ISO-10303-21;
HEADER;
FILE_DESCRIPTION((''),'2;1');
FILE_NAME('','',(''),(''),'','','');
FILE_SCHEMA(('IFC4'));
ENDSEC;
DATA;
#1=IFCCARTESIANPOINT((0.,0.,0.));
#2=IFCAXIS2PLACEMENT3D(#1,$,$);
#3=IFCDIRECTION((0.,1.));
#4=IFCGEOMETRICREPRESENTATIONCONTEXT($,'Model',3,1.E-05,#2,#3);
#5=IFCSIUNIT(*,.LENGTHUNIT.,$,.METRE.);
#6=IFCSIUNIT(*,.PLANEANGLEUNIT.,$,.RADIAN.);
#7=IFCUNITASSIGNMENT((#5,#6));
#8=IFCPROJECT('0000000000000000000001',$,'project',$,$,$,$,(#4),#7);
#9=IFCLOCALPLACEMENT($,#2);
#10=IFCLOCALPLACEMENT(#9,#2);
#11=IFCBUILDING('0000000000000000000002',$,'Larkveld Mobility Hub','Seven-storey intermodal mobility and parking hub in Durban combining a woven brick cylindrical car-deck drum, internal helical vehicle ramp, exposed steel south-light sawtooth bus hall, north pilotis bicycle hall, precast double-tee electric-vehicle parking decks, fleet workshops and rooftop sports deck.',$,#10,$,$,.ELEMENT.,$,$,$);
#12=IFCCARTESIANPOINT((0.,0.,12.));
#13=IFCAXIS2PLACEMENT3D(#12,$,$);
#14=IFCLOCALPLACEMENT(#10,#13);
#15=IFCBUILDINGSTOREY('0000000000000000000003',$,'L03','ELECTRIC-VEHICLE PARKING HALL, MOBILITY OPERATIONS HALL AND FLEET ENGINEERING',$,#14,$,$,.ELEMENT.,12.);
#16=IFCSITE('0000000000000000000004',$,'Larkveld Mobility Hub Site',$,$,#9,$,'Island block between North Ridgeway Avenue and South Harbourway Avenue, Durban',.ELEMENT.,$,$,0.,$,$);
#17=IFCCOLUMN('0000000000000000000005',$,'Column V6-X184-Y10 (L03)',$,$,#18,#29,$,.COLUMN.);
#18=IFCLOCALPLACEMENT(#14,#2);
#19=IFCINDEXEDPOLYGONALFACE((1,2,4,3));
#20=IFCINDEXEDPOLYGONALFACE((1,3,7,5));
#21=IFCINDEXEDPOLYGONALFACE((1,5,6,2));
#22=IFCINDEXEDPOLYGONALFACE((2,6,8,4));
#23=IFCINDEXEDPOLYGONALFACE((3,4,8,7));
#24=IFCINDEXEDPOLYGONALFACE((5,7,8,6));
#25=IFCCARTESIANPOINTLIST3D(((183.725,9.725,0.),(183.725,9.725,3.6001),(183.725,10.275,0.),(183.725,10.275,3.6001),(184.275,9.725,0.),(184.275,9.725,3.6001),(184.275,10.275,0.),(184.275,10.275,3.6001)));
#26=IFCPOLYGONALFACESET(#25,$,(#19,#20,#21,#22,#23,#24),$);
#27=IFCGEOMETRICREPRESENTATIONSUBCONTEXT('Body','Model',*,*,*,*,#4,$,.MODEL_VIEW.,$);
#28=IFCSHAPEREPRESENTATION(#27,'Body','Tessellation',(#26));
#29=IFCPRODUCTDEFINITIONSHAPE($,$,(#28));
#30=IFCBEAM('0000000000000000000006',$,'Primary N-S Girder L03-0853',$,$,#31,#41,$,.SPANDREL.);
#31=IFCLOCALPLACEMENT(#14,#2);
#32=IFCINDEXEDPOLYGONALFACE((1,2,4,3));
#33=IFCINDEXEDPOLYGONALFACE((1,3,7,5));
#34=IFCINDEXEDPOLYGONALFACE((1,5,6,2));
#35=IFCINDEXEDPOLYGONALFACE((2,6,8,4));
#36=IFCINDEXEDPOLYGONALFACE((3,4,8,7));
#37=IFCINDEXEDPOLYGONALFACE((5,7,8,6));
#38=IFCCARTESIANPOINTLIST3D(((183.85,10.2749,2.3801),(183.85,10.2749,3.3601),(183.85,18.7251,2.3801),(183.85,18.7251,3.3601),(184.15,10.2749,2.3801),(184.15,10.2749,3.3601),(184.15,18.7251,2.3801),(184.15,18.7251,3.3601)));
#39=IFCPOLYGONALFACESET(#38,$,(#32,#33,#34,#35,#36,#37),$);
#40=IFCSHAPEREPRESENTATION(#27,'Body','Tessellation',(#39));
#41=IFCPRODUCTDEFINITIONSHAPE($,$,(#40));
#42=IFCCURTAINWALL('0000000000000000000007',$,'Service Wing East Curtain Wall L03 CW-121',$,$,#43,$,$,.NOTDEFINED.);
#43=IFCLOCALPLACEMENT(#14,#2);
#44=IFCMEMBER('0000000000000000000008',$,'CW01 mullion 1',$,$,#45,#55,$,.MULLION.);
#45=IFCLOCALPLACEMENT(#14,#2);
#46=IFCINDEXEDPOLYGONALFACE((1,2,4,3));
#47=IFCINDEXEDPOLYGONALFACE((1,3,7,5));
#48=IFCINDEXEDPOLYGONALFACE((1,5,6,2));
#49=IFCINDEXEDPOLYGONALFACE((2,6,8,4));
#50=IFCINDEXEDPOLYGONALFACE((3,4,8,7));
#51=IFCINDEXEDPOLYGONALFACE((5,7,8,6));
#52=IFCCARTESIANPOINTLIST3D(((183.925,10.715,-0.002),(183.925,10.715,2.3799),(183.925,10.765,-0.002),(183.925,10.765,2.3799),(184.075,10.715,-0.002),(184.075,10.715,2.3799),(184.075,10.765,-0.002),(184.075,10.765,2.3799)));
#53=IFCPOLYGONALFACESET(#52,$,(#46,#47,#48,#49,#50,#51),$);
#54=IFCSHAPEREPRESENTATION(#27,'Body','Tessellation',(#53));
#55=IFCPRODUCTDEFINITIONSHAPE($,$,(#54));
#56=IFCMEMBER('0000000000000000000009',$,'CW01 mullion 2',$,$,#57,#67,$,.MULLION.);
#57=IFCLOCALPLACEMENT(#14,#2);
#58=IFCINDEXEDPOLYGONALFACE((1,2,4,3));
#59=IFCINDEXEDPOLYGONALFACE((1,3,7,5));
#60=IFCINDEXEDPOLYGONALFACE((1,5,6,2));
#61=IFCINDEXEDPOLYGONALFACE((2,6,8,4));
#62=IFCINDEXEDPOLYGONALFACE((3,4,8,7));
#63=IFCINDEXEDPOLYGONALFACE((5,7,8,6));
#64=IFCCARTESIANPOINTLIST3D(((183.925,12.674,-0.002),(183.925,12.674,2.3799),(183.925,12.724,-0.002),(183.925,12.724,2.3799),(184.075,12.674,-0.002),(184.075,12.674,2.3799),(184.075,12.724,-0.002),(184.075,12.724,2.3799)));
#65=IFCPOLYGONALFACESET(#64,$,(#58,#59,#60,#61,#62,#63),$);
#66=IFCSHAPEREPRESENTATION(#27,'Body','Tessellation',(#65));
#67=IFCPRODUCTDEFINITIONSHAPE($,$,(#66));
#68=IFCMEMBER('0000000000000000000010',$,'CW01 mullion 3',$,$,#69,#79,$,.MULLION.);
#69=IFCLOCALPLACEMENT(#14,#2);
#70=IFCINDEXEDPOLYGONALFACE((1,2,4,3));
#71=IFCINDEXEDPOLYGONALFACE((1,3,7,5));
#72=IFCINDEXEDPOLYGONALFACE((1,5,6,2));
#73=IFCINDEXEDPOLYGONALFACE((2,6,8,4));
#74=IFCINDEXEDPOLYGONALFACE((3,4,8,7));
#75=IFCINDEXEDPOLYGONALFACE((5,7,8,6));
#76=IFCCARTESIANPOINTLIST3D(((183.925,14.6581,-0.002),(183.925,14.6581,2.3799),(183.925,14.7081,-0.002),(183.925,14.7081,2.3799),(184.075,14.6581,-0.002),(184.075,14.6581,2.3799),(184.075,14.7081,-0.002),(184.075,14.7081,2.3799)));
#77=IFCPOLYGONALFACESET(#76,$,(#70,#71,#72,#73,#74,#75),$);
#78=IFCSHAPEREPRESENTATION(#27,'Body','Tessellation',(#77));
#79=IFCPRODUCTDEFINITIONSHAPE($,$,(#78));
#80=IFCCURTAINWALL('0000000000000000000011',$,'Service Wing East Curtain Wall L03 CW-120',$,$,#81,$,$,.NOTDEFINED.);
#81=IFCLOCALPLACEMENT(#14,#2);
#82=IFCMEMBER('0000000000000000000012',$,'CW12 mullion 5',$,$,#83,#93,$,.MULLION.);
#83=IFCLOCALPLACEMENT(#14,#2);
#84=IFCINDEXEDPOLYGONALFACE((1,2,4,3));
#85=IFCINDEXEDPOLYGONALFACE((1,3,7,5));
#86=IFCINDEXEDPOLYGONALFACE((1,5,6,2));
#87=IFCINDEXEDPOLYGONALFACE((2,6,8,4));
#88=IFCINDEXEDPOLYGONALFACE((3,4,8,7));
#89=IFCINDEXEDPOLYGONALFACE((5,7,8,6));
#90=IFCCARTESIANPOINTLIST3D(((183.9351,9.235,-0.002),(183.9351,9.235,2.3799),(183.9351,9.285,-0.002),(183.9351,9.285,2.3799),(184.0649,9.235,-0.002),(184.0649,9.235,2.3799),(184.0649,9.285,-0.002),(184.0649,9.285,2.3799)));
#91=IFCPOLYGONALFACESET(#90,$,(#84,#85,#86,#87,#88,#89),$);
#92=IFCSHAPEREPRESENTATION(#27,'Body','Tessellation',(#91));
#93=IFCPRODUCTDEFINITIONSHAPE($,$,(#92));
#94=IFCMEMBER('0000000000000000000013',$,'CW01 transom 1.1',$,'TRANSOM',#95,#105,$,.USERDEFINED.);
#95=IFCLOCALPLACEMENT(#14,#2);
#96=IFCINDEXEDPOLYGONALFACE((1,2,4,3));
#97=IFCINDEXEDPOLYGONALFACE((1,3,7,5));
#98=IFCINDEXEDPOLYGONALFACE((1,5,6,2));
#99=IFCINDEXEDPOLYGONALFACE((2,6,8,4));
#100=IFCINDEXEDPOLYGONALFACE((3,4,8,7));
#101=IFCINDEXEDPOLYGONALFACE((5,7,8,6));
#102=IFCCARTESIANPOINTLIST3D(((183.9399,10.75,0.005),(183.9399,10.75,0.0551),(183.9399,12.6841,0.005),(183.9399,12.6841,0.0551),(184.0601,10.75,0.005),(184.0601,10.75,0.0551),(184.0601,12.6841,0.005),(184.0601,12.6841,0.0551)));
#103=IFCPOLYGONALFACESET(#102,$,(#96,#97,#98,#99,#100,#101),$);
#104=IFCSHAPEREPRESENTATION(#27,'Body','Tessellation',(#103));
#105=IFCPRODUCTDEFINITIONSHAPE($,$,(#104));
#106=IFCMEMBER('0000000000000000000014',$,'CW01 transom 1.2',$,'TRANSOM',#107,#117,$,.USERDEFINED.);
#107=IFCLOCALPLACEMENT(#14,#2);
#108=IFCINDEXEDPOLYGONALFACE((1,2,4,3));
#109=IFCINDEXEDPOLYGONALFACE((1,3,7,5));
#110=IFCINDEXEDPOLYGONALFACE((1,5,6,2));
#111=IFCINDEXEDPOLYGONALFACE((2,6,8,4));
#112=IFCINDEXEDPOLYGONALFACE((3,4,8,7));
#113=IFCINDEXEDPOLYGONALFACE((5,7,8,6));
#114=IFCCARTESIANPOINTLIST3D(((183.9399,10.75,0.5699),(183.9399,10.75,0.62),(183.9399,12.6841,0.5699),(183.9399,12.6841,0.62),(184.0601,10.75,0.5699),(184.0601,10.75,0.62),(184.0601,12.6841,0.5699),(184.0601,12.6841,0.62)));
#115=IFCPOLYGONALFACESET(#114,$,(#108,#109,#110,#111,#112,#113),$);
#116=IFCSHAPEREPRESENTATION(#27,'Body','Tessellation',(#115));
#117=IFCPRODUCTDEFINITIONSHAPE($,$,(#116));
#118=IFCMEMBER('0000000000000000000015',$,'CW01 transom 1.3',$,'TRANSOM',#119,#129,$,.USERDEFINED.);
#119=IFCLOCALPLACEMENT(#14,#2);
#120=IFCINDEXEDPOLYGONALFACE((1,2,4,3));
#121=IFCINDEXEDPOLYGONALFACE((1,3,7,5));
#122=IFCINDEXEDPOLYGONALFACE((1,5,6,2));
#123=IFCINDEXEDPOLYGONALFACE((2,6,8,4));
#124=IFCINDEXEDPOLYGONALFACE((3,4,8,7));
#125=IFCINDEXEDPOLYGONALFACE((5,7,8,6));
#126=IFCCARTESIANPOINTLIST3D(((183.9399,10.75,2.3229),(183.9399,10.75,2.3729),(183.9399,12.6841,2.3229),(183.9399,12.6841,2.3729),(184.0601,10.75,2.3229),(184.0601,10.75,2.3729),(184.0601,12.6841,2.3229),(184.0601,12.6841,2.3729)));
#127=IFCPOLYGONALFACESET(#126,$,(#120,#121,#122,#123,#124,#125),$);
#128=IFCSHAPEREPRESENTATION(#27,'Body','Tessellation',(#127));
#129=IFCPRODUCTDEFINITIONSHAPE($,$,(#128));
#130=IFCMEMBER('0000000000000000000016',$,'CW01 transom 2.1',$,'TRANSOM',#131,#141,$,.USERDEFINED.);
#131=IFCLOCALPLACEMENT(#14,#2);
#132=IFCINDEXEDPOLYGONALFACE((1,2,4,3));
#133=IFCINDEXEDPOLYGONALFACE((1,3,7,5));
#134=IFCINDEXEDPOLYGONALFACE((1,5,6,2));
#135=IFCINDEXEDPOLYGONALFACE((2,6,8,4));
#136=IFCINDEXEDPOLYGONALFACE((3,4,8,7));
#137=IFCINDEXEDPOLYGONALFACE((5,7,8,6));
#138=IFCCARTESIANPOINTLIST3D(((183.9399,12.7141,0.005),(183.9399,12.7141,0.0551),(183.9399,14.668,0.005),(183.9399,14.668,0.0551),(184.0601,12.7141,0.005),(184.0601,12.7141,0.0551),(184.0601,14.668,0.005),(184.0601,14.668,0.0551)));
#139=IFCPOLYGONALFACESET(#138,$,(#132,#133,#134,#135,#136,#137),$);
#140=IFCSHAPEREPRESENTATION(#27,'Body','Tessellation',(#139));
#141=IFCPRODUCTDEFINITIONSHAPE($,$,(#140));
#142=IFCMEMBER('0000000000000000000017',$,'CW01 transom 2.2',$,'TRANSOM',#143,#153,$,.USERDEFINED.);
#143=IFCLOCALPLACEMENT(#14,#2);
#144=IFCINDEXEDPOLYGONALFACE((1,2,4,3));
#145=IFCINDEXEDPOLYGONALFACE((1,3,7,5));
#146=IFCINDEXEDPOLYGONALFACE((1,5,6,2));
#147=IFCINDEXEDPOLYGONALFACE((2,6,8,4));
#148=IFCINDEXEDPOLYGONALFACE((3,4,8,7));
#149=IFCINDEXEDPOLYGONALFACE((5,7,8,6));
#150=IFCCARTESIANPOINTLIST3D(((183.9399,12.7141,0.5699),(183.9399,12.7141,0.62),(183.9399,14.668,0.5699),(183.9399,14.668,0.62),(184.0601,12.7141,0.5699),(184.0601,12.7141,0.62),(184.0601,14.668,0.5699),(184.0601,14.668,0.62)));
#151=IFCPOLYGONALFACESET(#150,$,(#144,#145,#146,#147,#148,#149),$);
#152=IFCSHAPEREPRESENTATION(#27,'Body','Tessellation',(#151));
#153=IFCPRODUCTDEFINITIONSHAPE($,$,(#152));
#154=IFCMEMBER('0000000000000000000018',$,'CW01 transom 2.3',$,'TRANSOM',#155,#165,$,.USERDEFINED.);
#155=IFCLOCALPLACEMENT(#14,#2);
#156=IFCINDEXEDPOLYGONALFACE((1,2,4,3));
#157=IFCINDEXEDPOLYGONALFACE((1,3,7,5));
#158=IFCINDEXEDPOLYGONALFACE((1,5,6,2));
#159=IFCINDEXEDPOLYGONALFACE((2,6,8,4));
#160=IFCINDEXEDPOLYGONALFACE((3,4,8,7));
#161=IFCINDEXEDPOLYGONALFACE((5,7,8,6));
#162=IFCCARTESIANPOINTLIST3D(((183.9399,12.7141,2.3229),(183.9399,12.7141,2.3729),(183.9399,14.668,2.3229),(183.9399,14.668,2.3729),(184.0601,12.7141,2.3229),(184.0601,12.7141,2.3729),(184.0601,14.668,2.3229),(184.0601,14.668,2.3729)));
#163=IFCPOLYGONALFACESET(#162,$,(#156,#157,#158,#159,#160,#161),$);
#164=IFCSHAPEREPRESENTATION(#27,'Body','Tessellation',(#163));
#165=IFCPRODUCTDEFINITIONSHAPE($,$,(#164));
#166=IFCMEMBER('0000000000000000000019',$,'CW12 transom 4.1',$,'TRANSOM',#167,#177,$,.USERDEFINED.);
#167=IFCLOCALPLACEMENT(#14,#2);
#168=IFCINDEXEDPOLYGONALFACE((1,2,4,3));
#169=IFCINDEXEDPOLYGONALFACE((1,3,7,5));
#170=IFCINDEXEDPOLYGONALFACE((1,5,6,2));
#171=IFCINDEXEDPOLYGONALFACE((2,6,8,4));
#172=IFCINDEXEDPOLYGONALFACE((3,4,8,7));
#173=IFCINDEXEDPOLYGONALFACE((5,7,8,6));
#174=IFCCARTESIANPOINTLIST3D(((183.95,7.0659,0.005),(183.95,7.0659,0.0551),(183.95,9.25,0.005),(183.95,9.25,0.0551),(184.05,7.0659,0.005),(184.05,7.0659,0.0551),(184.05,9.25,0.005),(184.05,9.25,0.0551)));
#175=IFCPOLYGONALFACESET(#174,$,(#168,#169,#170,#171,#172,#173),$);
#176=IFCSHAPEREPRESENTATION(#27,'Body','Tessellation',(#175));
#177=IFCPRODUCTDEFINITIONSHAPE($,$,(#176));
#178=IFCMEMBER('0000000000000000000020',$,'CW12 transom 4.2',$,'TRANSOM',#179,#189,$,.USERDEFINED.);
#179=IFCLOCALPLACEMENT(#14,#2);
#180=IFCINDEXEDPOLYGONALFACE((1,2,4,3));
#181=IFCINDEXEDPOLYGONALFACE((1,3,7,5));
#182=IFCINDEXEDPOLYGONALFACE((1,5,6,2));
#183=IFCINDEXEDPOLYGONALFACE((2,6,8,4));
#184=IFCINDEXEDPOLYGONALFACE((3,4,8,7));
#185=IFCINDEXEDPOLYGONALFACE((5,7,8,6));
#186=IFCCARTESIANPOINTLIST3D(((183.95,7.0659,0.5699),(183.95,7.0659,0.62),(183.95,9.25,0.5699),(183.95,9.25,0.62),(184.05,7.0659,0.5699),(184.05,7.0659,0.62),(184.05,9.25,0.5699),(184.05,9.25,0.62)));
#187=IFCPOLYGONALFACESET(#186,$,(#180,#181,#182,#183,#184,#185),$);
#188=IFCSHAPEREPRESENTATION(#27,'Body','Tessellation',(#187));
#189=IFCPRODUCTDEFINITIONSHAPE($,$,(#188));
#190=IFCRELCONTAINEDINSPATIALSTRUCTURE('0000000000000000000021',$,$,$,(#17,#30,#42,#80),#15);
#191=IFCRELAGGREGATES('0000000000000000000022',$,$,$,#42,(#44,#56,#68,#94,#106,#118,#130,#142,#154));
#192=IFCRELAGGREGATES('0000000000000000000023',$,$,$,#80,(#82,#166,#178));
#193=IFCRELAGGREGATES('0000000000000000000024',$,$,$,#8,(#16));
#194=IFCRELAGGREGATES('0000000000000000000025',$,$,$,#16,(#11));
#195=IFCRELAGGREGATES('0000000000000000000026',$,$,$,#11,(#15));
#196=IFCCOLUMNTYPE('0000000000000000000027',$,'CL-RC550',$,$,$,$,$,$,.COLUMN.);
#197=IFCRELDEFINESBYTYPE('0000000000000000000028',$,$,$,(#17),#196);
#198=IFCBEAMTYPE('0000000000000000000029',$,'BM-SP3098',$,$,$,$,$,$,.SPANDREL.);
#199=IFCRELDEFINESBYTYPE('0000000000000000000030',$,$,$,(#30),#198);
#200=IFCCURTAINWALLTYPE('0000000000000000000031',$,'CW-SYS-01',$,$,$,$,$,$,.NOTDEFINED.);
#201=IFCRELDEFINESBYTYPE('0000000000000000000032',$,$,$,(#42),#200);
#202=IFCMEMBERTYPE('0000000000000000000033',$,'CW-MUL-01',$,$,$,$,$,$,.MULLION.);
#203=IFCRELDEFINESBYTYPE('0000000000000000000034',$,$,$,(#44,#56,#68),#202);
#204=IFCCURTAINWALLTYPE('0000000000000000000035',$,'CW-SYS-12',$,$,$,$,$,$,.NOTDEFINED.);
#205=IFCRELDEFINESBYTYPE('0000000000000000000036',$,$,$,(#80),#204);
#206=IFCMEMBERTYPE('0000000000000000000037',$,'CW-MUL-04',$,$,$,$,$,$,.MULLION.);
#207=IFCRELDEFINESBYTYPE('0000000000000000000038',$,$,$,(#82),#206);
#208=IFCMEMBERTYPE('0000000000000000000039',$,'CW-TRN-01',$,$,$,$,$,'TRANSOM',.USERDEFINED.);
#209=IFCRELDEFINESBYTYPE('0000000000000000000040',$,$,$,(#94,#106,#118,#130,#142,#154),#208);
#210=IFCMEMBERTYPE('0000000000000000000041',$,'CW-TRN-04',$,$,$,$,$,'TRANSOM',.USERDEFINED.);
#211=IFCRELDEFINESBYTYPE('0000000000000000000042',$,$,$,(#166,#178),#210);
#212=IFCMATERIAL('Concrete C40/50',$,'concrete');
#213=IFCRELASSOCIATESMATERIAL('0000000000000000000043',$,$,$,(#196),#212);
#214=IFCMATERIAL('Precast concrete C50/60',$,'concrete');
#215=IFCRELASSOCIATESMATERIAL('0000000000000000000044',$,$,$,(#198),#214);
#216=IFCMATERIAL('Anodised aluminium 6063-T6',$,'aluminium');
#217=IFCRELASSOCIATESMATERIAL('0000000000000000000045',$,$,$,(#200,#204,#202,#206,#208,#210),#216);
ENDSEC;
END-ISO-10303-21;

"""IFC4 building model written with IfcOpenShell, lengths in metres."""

from ifc_helpers import new_model, si_unit, direction, frame, origin, origin_2d, place, context, subcontext, project, spatial, rectangle, extrude, material, material_profile, profile_set, type_object, element, aggregate, save


model = new_model("IFC4")

# Units and contexts
model_context = context("Model", 3, precision=1e-05, world=origin(), true_north=direction((0.0, 1.0)))
body_context = subcontext(model_context, "Body", "Model", "MODEL_VIEW")
ifc_project = project(units=[si_unit("LENGTHUNIT", "METRE"), si_unit("PLANEANGLEUNIT", "RADIAN")], contexts=[model_context])

# Site, building, storey
site_placement = place(None, origin())
site = spatial("IfcSite", under=ifc_project, at=site_placement, Name="Larkveld Mobility Hub Site", LongName="Island block between North Ridgeway Avenue and South Harbourway Avenue, Durban", CompositionType="ELEMENT", RefElevation=0.0)
building_placement = place(site_placement, origin())
building = spatial("IfcBuilding", under=site, at=building_placement, Name="Larkveld Mobility Hub", Description="Seven-storey intermodal mobility and parking hub in Durban combining a woven brick cylindrical car-deck drum, internal helical vehicle ramp, exposed steel south-light sawtooth bus hall, north pilotis bicycle hall, precast double-tee electric-vehicle parking decks, fleet workshops and rooftop sports deck.", CompositionType="ELEMENT")
storey_placement = place(building_placement, frame((0.0, 0.0, 12.0)))
storey = spatial("IfcBuildingStorey", under=building, at=storey_placement, Name="L03", Description="ELECTRIC-VEHICLE PARKING HALL, MOBILITY OPERATIONS HALL AND FLEET ENGINEERING", CompositionType="ELEMENT", Elevation=12.0)

# Column
ifc_material_1 = material(Name="Concrete C40/50", Category="concrete")
ifc_material_profile_1 = material_profile(ifc_material_1, rectangle(XDim=0.55, YDim=0.55, at=origin_2d()), Name="RC COL 550x550")
ifc_profile_set_1 = profile_set([ifc_material_profile_1], Name="Concrete C40/50")
column_type = type_object("IfcColumnType", Name="CL-RC550", PredefinedType="COLUMN", material=ifc_profile_set_1)
column_placement = place(storey_placement, frame((184.0, 10.0, 0.0), z_axis=(0.0, 0.0, 1.0), x_axis=(1.0, 0.0, 0.0)))
element("IfcColumn", 1, at=column_placement, inside=storey, type_object=column_type, Name="Column V6-X184-Y10 (L03)", PredefinedType="COLUMN", context=body_context, shape_type="SweptSolid", body=[
    extrude(rectangle(XDim=0.55, YDim=0.55, at=origin_2d()), origin(), (0.0, 0.0, 1.0), 3.6001),
])

# Beam
ifc_material_2 = material(Name="Precast concrete C50/60", Category="concrete")
ifc_material_profile_2 = material_profile(ifc_material_2, rectangle(XDim=0.3, YDim=0.98, at=origin_2d()), Name="PC SP 300x980")
ifc_profile_set_2 = profile_set([ifc_material_profile_2], Name="Precast concrete C50/60")
beam_type = type_object("IfcBeamType", Name="BM-SP3098", PredefinedType="SPANDREL", material=ifc_profile_set_2)
beam_placement = place(storey_placement, frame((184.0, 10.2749, 2.8701), z_axis=(0.0, 1.0, 0.0), x_axis=(-1.0, 0.0, 0.0)))
element("IfcBeam", 2, at=beam_placement, inside=storey, type_object=beam_type, Name="Primary N-S Girder L03-0853", PredefinedType="SPANDREL", context=body_context, shape_type="SweptSolid", body=[
    extrude(rectangle(XDim=0.3, YDim=0.98, at=origin_2d()), origin(), (0.0, 0.0, 1.0), 8.4502),
])

# Curtain wall, members
ifc_material_3 = material(Name="Anodised aluminium 6063-T6", Category="aluminium")
curtain_wall_type_1 = type_object("IfcCurtainWallType", Name="CW-SYS-01", PredefinedType="NOTDEFINED", material=ifc_material_3)
curtain_wall_1_placement = place(storey_placement, origin())
curtain_wall_1 = element("IfcCurtainWall", 3, at=curtain_wall_1_placement, inside=storey, type_object=curtain_wall_type_1, Name="Service Wing East Curtain Wall L03 CW-121", PredefinedType="NOTDEFINED")
ifc_material_profile_3 = material_profile(ifc_material_3, rectangle(XDim=0.05, YDim=0.1499, at=origin_2d()), Name="ALU MULL 50x150")
ifc_profile_set_3 = profile_set([ifc_material_profile_3], Name="Anodised aluminium 6063-T6")
member_type_1 = type_object("IfcMemberType", Name="CW-MUL-01", PredefinedType="MULLION", material=ifc_profile_set_3)
member_1_placement = place(storey_placement, frame((184.0, 10.74, -0.002), z_axis=(0.0, 0.0, 1.0), x_axis=(0.0, 1.0, 0.0)))
member_1 = element("IfcMember", 4, at=member_1_placement, type_object=member_type_1, Name="CW01 mullion 1", PredefinedType="MULLION", context=body_context, shape_type="SweptSolid", body=[
    extrude(rectangle(XDim=0.05, YDim=0.1499, at=origin_2d()), origin(), (0.0, 0.0, 1.0), 2.3818),
])
member_2_placement = place(storey_placement, frame((184.0, 12.699, -0.002), z_axis=(0.0, 0.0, 1.0), x_axis=(0.0, 1.0, 0.0)))
member_2 = element("IfcMember", 5, at=member_2_placement, type_object=member_type_1, Name="CW01 mullion 2", PredefinedType="MULLION", context=body_context, shape_type="SweptSolid", body=[
    extrude(rectangle(XDim=0.05, YDim=0.1499, at=origin_2d()), origin(), (0.0, 0.0, 1.0), 2.3818),
])
member_3_placement = place(storey_placement, frame((184.0, 14.6831, -0.002), z_axis=(0.0, 0.0, 1.0), x_axis=(0.0, 1.0, 0.0)))
member_3 = element("IfcMember", 6, at=member_3_placement, type_object=member_type_1, Name="CW01 mullion 3", PredefinedType="MULLION", context=body_context, shape_type="SweptSolid", body=[
    extrude(rectangle(XDim=0.05, YDim=0.1499, at=origin_2d()), origin(), (0.0, 0.0, 1.0), 2.3818),
])

# Curtain wall, member
curtain_wall_type_2 = type_object("IfcCurtainWallType", Name="CW-SYS-12", PredefinedType="NOTDEFINED", material=ifc_material_3)
curtain_wall_2_placement = place(storey_placement, origin())
curtain_wall_2 = element("IfcCurtainWall", 7, at=curtain_wall_2_placement, inside=storey, type_object=curtain_wall_type_2, Name="Service Wing East Curtain Wall L03 CW-120", PredefinedType="NOTDEFINED")
ifc_material_profile_4 = material_profile(ifc_material_3, rectangle(XDim=0.05, YDim=0.1299, at=origin_2d()), Name="ALU MULL 50x130")
ifc_profile_set_4 = profile_set([ifc_material_profile_4], Name="Anodised aluminium 6063-T6")
member_type_2 = type_object("IfcMemberType", Name="CW-MUL-04", PredefinedType="MULLION", material=ifc_profile_set_4)
member_4_placement = place(storey_placement, frame((184.0, 9.26, -0.002), z_axis=(0.0, 0.0, 1.0), x_axis=(0.0, 1.0, 0.0)))
member_4 = element("IfcMember", 8, at=member_4_placement, type_object=member_type_2, Name="CW12 mullion 5", PredefinedType="MULLION", context=body_context, shape_type="SweptSolid", body=[
    extrude(rectangle(XDim=0.05, YDim=0.1299, at=origin_2d()), origin(), (0.0, 0.0, 1.0), 2.3818),
])

# Members
ifc_material_profile_5 = material_profile(ifc_material_3, rectangle(XDim=0.1201, YDim=0.05, at=origin_2d()), Name="ALU TRAN 50x120")
ifc_profile_set_5 = profile_set([ifc_material_profile_5], Name="Anodised aluminium 6063-T6")
member_type_3 = type_object("IfcMemberType", Name="CW-TRN-01", ElementType="TRANSOM", PredefinedType="USERDEFINED", material=ifc_profile_set_5)
member_5_placement = place(storey_placement, frame((184.0, 10.75, 0.03), z_axis=(0.0, 1.0, 0.0), x_axis=(-1.0, 0.0, 0.0)))
member_5 = element("IfcMember", 9, at=member_5_placement, type_object=member_type_3, Name="CW01 transom 1.1", ObjectType="TRANSOM", PredefinedType="USERDEFINED", context=body_context, shape_type="SweptSolid", body=[
    extrude(rectangle(XDim=0.1201, YDim=0.05, at=origin_2d()), origin(), (0.0, 0.0, 1.0), 1.9341),
])
member_6_placement = place(storey_placement, frame((184.0, 10.75, 0.595), z_axis=(0.0, 1.0, 0.0), x_axis=(-1.0, 0.0, 0.0)))
member_6 = element("IfcMember", 10, at=member_6_placement, type_object=member_type_3, Name="CW01 transom 1.2", ObjectType="TRANSOM", PredefinedType="USERDEFINED", context=body_context, shape_type="SweptSolid", body=[
    extrude(rectangle(XDim=0.1201, YDim=0.05, at=origin_2d()), origin(), (0.0, 0.0, 1.0), 1.9341),
])
member_7_placement = place(storey_placement, frame((184.0, 10.75, 2.3479), z_axis=(0.0, 1.0, 0.0), x_axis=(-1.0, 0.0, 0.0)))
member_7 = element("IfcMember", 11, at=member_7_placement, type_object=member_type_3, Name="CW01 transom 1.3", ObjectType="TRANSOM", PredefinedType="USERDEFINED", context=body_context, shape_type="SweptSolid", body=[
    extrude(rectangle(XDim=0.1201, YDim=0.05, at=origin_2d()), origin(), (0.0, 0.0, 1.0), 1.9341),
])
member_8_placement = place(storey_placement, frame((184.0, 12.7141, 0.03), z_axis=(0.0, 1.0, 0.0), x_axis=(-1.0, 0.0, 0.0)))
member_8 = element("IfcMember", 12, at=member_8_placement, type_object=member_type_3, Name="CW01 transom 2.1", ObjectType="TRANSOM", PredefinedType="USERDEFINED", context=body_context, shape_type="SweptSolid", body=[
    extrude(rectangle(XDim=0.1201, YDim=0.05, at=origin_2d()), origin(), (0.0, 0.0, 1.0), 1.9539),
])
member_9_placement = place(storey_placement, frame((184.0, 12.7141, 0.595), z_axis=(0.0, 1.0, 0.0), x_axis=(-1.0, 0.0, 0.0)))
member_9 = element("IfcMember", 13, at=member_9_placement, type_object=member_type_3, Name="CW01 transom 2.2", ObjectType="TRANSOM", PredefinedType="USERDEFINED", context=body_context, shape_type="SweptSolid", body=[
    extrude(rectangle(XDim=0.1201, YDim=0.05, at=origin_2d()), origin(), (0.0, 0.0, 1.0), 1.9539),
])
member_10_placement = place(storey_placement, frame((184.0, 12.7141, 2.3479), z_axis=(0.0, 1.0, 0.0), x_axis=(-1.0, 0.0, 0.0)))
member_10 = element("IfcMember", 14, at=member_10_placement, type_object=member_type_3, Name="CW01 transom 2.3", ObjectType="TRANSOM", PredefinedType="USERDEFINED", context=body_context, shape_type="SweptSolid", body=[
    extrude(rectangle(XDim=0.1201, YDim=0.05, at=origin_2d()), origin(), (0.0, 0.0, 1.0), 1.9539),
])
ifc_material_profile_6 = material_profile(ifc_material_3, rectangle(XDim=0.1001, YDim=0.05, at=origin_2d()), Name="ALU TRAN 50x100")
ifc_profile_set_6 = profile_set([ifc_material_profile_6], Name="Anodised aluminium 6063-T6")
member_type_4 = type_object("IfcMemberType", Name="CW-TRN-04", ElementType="TRANSOM", PredefinedType="USERDEFINED", material=ifc_profile_set_6)
member_11_placement = place(storey_placement, frame((184.0, 7.0659, 0.03), z_axis=(0.0, 1.0, 0.0), x_axis=(-1.0, 0.0, 0.0)))
member_11 = element("IfcMember", 15, at=member_11_placement, type_object=member_type_4, Name="CW12 transom 4.1", ObjectType="TRANSOM", PredefinedType="USERDEFINED", context=body_context, shape_type="SweptSolid", body=[
    extrude(rectangle(XDim=0.1001, YDim=0.05, at=origin_2d()), origin(), (0.0, 0.0, 1.0), 2.1841),
])
member_12_placement = place(storey_placement, frame((184.0, 7.0659, 0.595), z_axis=(0.0, 1.0, 0.0), x_axis=(-1.0, 0.0, 0.0)))
member_12 = element("IfcMember", 16, at=member_12_placement, type_object=member_type_4, Name="CW12 transom 4.2", ObjectType="TRANSOM", PredefinedType="USERDEFINED", context=body_context, shape_type="SweptSolid", body=[
    extrude(rectangle(XDim=0.1001, YDim=0.05, at=origin_2d()), origin(), (0.0, 0.0, 1.0), 2.1841),
])

aggregate(curtain_wall_1, [member_1, member_2, member_3, member_5, member_6, member_7, member_8, member_9, member_10])
aggregate(curtain_wall_2, [member_4, member_11, member_12])

save(model, "model.ifc")
